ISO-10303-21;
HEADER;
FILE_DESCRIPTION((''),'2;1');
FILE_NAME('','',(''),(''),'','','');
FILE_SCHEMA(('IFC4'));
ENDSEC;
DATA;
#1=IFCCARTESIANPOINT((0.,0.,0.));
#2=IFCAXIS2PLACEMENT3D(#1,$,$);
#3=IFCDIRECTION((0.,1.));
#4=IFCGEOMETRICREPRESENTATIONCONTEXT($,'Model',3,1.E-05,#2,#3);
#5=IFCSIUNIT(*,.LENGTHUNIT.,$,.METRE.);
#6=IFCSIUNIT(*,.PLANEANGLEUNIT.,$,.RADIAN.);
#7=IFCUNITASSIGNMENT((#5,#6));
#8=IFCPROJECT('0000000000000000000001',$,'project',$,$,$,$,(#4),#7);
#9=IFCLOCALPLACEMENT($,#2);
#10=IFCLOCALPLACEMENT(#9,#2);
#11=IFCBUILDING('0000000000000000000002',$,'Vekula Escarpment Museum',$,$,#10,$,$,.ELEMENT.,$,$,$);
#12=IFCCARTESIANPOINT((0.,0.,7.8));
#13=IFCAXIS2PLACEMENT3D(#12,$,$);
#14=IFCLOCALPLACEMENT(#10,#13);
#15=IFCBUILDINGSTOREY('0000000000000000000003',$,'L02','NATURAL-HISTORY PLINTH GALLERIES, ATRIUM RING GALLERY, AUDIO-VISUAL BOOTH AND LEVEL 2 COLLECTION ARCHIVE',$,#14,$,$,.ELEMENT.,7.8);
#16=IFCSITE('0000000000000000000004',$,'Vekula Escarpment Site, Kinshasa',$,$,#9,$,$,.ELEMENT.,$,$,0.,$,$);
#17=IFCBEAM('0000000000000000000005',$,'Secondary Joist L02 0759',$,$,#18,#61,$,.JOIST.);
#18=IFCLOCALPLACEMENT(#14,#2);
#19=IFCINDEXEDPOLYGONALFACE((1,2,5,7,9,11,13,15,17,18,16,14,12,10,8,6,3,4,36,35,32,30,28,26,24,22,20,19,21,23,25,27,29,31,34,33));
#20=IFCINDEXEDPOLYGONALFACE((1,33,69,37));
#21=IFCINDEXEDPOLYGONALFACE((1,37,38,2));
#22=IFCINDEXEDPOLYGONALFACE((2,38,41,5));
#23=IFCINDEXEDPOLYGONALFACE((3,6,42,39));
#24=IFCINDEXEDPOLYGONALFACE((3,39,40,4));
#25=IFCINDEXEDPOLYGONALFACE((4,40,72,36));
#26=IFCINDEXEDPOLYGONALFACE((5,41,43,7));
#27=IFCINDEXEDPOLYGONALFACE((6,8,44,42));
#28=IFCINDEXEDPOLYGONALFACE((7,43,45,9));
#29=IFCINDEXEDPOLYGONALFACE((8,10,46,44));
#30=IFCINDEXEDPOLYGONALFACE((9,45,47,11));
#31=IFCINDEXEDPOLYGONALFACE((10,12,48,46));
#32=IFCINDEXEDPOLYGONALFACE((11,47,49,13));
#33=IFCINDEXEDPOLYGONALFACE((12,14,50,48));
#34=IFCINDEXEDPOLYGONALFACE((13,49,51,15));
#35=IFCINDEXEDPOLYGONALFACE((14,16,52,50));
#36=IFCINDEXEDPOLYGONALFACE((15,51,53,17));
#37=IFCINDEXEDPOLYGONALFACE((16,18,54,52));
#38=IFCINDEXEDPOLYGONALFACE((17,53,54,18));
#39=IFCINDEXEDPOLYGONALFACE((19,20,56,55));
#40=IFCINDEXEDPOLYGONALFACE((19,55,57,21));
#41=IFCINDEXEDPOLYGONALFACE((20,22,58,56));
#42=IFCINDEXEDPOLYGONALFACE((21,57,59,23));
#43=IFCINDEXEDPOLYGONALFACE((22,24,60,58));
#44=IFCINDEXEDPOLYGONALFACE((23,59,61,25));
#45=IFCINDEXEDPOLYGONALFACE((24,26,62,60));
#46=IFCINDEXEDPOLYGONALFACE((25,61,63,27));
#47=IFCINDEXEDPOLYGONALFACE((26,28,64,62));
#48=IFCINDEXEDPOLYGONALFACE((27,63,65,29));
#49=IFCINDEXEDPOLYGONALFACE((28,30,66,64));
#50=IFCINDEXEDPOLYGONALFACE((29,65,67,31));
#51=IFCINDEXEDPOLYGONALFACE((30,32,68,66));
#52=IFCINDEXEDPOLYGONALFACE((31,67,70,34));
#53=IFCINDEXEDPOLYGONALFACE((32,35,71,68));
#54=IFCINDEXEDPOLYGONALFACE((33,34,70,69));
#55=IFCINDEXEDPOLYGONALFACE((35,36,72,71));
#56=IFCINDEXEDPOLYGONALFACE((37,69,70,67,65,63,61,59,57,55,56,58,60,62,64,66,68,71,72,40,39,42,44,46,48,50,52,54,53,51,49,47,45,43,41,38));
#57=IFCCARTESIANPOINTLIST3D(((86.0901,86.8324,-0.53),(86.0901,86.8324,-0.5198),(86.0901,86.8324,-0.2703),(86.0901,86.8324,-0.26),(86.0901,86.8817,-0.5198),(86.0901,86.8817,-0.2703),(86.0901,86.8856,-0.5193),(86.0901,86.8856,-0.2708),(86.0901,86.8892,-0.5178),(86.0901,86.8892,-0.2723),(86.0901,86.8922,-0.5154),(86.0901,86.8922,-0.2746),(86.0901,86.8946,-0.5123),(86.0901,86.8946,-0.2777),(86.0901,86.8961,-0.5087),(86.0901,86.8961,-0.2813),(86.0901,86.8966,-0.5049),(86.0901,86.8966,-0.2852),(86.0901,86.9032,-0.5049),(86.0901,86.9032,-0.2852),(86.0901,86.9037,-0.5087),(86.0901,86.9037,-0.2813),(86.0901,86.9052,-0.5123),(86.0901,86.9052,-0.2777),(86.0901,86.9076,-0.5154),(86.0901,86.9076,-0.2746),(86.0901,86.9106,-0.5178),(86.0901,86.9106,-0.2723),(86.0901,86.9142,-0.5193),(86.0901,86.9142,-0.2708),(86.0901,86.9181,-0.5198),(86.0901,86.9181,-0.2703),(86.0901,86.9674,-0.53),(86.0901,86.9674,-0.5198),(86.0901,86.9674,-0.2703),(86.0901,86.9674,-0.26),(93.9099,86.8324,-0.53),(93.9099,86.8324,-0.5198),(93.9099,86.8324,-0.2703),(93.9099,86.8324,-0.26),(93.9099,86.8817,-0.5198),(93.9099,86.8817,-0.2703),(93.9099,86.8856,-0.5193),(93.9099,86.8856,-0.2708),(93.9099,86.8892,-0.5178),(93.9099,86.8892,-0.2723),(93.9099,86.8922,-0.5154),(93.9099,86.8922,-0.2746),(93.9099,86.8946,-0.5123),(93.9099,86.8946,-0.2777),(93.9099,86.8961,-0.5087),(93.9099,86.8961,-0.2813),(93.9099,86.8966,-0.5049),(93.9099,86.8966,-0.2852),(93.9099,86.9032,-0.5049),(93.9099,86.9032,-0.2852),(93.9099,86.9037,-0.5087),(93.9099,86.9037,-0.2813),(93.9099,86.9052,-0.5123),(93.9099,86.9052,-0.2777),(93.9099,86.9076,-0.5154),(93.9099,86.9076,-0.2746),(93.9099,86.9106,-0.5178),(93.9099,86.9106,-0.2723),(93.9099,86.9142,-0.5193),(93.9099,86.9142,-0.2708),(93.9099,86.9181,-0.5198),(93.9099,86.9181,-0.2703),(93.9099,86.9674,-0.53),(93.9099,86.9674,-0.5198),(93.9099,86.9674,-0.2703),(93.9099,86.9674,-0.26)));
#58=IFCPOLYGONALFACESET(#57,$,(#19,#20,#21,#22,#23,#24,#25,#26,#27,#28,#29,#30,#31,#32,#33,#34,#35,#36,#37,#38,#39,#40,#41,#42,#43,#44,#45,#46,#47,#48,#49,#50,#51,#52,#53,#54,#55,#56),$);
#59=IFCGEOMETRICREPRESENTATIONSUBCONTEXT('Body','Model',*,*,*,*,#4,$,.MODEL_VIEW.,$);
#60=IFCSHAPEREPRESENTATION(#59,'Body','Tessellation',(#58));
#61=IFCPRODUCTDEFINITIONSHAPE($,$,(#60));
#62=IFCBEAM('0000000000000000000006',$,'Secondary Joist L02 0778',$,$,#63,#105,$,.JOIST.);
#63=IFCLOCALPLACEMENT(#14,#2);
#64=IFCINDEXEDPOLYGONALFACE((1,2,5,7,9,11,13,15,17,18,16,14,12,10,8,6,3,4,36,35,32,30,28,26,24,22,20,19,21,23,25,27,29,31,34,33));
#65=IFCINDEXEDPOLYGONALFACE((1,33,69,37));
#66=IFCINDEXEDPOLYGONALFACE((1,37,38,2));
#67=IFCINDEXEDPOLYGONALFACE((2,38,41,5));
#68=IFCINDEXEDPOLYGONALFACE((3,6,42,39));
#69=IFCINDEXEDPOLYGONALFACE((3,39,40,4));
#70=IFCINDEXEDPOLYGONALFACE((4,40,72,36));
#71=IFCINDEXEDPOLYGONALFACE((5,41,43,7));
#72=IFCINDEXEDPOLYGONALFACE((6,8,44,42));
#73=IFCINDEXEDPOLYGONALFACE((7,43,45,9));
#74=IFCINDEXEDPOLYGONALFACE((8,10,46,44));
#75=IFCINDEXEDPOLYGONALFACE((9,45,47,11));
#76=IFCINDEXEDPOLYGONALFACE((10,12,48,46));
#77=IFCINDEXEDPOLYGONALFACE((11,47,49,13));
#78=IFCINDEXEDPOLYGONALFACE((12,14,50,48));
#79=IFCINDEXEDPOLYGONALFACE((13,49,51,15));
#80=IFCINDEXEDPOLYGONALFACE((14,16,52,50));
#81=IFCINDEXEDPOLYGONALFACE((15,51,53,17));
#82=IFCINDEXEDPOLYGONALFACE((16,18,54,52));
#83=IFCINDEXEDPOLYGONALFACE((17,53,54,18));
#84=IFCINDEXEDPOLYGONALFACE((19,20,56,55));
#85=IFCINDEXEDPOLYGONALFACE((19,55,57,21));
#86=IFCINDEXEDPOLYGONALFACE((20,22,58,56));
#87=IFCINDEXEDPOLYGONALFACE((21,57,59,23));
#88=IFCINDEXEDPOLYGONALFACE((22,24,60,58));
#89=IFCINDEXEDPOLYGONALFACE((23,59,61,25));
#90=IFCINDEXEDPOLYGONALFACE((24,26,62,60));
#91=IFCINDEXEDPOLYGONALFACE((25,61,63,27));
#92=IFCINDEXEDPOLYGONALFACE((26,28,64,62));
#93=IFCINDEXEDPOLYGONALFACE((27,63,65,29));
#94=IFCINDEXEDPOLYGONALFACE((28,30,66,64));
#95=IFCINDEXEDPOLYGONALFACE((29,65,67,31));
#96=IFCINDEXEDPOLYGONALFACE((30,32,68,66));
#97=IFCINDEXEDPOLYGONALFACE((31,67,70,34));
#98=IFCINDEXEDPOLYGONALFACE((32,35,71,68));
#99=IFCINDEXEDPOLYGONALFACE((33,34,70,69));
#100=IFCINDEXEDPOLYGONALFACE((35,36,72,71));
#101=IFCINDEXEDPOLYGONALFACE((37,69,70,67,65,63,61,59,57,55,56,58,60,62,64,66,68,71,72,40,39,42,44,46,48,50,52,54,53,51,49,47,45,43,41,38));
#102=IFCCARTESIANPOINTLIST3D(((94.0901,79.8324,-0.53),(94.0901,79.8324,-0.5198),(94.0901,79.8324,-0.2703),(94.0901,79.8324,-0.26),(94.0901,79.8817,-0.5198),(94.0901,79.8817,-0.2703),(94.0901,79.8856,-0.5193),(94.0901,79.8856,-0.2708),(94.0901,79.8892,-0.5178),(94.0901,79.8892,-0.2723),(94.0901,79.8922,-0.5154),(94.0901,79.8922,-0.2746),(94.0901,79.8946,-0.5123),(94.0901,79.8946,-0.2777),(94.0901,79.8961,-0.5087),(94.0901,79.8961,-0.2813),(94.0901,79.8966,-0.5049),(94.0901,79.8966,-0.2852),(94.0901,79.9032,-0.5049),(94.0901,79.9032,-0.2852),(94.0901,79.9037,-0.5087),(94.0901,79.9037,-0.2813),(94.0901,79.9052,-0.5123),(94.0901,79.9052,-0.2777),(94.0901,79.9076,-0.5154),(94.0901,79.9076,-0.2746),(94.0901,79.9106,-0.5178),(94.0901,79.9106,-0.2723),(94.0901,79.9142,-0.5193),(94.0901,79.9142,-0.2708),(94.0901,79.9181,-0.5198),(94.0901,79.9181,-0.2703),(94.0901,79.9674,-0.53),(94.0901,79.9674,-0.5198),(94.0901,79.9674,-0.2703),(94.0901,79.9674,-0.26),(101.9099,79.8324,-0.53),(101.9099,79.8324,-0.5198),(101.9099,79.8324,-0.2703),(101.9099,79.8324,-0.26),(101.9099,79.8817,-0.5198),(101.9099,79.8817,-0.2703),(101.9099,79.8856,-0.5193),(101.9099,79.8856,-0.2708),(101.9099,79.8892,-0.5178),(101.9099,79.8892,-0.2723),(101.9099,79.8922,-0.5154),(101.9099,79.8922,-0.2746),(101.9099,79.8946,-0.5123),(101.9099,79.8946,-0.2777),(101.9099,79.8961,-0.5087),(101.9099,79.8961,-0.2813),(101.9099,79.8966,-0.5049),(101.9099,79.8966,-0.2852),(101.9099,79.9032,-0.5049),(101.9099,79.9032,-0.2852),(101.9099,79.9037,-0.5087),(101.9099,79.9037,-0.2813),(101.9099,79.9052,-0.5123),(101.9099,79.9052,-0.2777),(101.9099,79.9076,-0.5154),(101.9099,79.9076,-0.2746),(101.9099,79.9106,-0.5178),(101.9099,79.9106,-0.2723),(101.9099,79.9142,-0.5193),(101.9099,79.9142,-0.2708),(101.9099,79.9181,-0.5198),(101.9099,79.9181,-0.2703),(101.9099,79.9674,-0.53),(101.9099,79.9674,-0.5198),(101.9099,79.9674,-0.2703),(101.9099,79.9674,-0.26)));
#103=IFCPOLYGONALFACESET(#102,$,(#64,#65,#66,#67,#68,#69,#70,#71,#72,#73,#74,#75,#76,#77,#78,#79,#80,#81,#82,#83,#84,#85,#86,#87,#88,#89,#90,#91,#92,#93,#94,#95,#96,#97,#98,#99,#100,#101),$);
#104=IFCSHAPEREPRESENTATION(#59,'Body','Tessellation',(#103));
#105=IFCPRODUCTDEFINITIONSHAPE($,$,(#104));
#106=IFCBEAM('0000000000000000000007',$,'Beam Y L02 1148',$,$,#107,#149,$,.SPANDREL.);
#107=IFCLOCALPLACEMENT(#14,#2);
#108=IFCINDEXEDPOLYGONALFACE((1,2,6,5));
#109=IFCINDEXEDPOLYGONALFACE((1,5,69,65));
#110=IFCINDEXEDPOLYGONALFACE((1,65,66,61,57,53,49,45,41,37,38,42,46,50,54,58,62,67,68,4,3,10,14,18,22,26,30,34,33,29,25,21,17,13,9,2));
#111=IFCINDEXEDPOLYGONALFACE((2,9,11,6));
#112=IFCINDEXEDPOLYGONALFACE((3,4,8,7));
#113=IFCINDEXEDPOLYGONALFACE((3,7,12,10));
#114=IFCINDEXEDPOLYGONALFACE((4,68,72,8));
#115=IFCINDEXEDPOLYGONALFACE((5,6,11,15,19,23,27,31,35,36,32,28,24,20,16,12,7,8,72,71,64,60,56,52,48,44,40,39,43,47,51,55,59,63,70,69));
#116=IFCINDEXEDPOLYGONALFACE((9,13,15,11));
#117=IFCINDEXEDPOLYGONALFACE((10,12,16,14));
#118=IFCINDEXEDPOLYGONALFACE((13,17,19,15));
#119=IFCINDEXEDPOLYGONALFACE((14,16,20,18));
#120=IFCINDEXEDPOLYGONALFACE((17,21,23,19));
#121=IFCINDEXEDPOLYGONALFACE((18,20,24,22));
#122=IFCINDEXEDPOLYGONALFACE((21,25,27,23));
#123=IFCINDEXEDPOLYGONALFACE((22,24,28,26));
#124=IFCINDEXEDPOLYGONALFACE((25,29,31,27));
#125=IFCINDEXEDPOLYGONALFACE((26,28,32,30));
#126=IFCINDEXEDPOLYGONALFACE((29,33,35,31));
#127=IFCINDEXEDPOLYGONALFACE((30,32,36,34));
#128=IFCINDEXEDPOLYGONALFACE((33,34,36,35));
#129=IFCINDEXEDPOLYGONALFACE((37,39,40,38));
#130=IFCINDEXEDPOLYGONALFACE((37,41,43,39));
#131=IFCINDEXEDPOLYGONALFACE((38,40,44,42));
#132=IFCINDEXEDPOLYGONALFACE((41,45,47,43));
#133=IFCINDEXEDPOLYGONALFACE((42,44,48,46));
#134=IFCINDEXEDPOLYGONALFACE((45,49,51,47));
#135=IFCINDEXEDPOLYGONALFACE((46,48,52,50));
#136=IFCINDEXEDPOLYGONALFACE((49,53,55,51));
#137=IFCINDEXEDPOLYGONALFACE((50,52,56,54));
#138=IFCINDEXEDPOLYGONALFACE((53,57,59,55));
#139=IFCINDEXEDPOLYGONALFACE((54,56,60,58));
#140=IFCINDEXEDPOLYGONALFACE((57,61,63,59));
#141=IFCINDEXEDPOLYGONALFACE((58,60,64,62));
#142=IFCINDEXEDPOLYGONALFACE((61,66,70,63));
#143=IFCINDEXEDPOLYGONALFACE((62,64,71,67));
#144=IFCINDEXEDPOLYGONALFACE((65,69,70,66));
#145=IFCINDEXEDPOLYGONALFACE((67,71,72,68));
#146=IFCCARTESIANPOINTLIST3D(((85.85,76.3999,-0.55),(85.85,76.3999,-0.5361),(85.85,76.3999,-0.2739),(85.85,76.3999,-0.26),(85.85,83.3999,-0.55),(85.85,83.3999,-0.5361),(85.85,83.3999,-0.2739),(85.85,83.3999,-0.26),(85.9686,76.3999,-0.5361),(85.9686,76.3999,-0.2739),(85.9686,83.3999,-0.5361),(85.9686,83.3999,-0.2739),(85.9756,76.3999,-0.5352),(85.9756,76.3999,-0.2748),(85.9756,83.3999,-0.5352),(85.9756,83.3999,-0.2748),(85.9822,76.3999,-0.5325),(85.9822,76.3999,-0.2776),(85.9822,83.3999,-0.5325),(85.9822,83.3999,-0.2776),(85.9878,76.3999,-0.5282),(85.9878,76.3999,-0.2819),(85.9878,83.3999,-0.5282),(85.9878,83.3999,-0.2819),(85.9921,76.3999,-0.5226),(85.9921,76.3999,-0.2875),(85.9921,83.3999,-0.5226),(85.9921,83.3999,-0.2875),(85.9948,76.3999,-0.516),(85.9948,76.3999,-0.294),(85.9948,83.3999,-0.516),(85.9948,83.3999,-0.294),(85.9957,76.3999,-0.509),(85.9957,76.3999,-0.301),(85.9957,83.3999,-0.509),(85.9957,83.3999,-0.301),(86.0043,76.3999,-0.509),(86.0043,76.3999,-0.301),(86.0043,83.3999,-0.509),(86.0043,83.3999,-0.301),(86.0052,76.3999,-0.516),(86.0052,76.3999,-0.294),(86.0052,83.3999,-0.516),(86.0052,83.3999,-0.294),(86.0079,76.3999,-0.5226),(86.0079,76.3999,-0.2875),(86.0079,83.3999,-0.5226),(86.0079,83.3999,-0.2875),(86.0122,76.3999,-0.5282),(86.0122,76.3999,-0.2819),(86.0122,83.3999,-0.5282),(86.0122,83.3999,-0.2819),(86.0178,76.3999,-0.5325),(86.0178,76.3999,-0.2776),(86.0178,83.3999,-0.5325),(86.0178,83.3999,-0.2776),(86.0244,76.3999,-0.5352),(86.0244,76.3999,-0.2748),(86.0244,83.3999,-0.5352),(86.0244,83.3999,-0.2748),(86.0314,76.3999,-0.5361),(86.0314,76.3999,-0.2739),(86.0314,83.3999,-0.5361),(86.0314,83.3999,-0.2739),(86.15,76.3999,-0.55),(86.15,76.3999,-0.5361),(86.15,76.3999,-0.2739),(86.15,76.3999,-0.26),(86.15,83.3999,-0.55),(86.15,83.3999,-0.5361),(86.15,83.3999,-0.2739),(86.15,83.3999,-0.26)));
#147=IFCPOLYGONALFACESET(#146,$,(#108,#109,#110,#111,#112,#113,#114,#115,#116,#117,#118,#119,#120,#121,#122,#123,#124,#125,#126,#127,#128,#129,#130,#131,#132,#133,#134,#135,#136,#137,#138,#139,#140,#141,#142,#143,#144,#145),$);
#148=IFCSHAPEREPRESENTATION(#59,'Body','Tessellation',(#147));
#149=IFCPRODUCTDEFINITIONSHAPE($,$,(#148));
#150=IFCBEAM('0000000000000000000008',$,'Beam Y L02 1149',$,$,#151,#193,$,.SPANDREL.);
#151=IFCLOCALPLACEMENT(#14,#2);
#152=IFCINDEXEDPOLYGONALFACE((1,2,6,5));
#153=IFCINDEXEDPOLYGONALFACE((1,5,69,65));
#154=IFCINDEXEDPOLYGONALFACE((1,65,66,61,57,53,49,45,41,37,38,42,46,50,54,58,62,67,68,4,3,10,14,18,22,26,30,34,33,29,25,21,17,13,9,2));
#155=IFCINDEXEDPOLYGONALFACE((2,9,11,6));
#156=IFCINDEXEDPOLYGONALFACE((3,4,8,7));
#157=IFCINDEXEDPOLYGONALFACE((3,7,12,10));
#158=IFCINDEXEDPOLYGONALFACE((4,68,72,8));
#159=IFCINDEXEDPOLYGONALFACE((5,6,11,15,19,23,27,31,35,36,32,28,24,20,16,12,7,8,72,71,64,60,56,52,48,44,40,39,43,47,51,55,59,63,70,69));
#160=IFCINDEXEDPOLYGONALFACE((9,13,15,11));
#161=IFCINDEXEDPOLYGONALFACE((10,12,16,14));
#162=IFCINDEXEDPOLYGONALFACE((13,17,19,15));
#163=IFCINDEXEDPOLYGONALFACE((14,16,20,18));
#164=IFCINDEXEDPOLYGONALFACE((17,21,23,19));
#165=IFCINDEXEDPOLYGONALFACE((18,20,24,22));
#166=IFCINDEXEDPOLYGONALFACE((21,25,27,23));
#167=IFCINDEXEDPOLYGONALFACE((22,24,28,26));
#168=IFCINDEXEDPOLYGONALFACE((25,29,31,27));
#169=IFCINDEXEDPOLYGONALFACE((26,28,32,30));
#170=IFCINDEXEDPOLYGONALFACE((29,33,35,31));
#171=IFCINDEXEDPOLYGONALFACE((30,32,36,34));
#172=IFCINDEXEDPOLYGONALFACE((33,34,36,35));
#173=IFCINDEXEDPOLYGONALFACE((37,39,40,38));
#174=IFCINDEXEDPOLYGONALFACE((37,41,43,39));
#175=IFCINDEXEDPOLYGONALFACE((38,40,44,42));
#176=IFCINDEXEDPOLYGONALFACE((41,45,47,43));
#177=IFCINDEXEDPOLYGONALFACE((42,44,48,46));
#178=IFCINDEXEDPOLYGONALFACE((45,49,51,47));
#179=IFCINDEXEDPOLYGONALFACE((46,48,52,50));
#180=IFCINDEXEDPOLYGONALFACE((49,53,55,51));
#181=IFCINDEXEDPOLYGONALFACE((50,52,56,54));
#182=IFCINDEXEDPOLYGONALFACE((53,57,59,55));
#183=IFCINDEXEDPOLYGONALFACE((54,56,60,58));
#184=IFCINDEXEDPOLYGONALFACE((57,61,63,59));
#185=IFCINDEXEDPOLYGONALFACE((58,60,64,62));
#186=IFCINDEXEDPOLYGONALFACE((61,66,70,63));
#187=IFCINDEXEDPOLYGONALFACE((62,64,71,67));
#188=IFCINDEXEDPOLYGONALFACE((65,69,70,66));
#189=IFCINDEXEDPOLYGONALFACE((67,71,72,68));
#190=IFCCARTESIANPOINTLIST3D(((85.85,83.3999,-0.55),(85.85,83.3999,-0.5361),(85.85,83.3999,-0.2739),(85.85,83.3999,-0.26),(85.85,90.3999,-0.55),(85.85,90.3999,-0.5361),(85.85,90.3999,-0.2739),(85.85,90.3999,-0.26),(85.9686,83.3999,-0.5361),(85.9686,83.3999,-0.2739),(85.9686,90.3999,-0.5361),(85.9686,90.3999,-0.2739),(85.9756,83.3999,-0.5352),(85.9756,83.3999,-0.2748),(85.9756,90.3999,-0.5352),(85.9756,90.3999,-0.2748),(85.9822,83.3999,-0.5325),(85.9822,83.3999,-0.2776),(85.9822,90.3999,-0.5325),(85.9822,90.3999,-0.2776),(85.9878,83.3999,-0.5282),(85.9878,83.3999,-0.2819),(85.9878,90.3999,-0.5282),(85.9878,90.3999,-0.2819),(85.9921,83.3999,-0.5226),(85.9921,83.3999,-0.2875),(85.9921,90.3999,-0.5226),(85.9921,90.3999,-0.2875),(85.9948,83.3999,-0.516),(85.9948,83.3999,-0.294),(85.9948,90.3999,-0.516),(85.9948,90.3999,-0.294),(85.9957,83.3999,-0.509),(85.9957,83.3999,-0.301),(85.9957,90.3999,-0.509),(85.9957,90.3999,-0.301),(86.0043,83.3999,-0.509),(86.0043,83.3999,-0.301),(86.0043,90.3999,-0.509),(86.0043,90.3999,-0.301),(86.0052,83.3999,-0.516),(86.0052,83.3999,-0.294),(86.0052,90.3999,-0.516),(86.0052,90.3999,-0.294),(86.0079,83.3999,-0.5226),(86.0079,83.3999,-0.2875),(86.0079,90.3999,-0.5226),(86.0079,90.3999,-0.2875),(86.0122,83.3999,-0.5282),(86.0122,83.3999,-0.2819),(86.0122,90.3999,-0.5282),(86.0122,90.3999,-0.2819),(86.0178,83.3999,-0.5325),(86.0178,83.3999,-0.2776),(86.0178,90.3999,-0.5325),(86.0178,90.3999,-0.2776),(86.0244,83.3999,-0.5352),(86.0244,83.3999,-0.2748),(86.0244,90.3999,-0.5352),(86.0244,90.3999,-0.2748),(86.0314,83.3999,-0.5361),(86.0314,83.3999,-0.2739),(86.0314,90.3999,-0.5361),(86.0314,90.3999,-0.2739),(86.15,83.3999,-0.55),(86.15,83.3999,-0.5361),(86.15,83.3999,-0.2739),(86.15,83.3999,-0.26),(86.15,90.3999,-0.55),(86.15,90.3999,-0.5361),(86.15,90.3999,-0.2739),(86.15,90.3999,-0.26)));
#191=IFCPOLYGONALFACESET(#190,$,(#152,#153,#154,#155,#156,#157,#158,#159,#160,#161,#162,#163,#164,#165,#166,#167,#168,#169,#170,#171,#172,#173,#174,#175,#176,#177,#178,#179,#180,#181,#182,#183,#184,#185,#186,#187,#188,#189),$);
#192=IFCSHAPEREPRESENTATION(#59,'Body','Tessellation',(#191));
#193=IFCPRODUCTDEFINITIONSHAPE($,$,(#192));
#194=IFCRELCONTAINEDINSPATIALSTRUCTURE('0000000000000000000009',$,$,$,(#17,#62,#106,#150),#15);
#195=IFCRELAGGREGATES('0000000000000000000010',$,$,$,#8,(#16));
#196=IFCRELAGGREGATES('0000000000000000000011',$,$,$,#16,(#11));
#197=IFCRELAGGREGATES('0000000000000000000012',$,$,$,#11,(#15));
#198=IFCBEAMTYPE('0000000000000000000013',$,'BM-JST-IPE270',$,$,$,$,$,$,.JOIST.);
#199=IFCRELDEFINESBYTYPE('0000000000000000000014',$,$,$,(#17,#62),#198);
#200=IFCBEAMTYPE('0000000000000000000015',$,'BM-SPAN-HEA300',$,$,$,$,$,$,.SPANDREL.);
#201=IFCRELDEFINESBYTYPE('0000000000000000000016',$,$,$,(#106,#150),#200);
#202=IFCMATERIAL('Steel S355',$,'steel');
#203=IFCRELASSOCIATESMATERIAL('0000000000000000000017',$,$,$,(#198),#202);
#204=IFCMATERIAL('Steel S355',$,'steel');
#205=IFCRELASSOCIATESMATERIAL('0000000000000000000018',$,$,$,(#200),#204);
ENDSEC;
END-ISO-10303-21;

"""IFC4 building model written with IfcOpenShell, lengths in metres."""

from ifc_helpers import new_model, si_unit, direction, frame, origin, origin_2d, place, context, subcontext, project, spatial, i_section, extrude, material, material_profile, profile_set, type_object, element, save


model = new_model("IFC4")

# Units and contexts
model_context = context("Model", 3, precision=1e-05, world=origin(), true_north=direction((0.0, 1.0)))
body_context = subcontext(model_context, "Body", "Model", "MODEL_VIEW")
ifc_project = project(units=[si_unit("LENGTHUNIT", "METRE"), si_unit("PLANEANGLEUNIT", "RADIAN")], contexts=[model_context])

# Site, building, storey
site_placement = place(None, origin())
site = spatial("IfcSite", under=ifc_project, at=site_placement, Name="Vekula Escarpment Site, Kinshasa", CompositionType="ELEMENT", RefElevation=0.0)
building_placement = place(site_placement, origin())
building = spatial("IfcBuilding", under=site, at=building_placement, Name="Vekula Escarpment Museum", CompositionType="ELEMENT")
storey_placement = place(building_placement, frame((0.0, 0.0, 7.8)))
storey = spatial("IfcBuildingStorey", under=building, at=storey_placement, Name="L02", Description="NATURAL-HISTORY PLINTH GALLERIES, ATRIUM RING GALLERY, AUDIO-VISUAL BOOTH AND LEVEL 2 COLLECTION ARCHIVE", CompositionType="ELEMENT", Elevation=7.8)

# Beams
ifc_material_1 = material(Name="Steel S355", Category="steel")
ifc_material_profile_1 = material_profile(ifc_material_1, i_section(OverallWidth=0.135, OverallDepth=0.27, WebThickness=0.0066, FlangeThickness=0.0103, FilletRadius=0.0149, at=origin_2d()), Name="IPE 270")
ifc_profile_set_1 = profile_set([ifc_material_profile_1], Name="Steel S355")
beam_type_1 = type_object("IfcBeamType", Name="BM-JST-IPE270", PredefinedType="JOIST", material=ifc_profile_set_1)
for number, where, z_axis, x_axis, name in (
    (1, (86.0901, 86.8999, -0.395), (1.0, 0.0, 0.0), (0.0, 1.0, 0.0), "Secondary Joist L02 0759"),
    (2, (94.0901, 79.8999, -0.395), (1.0, 0.0, 0.0), (0.0, 1.0, 0.0), "Secondary Joist L02 0778"),
):
    element("IfcBeam", number, at=place(storey_placement, frame(where, z_axis=z_axis, x_axis=x_axis)), inside=storey, type_object=beam_type_1, Name=name, PredefinedType="JOIST", context=body_context, shape_type="SweptSolid", body=[
        extrude(i_section(OverallWidth=0.135, OverallDepth=0.27, WebThickness=0.0066, FlangeThickness=0.0103, FilletRadius=0.0149, at=origin_2d()), origin(), (0.0, 0.0, 1.0), 7.8198),
    ])
ifc_material_2 = material(Name="Steel S355", Category="steel")
ifc_material_profile_2 = material_profile(ifc_material_2, i_section(OverallWidth=0.3, OverallDepth=0.29, WebThickness=0.0085, FlangeThickness=0.0139, FilletRadius=0.0271, at=origin_2d()), Name="HEA 300")
ifc_profile_set_2 = profile_set([ifc_material_profile_2], Name="Steel S355")
beam_type_2 = type_object("IfcBeamType", Name="BM-SPAN-HEA300", PredefinedType="SPANDREL", material=ifc_profile_set_2)
for number, where, z_axis, x_axis, name in (
    (3, (86.0, 76.3999, -0.405), (0.0, 1.0, 0.0), (-1.0, 0.0, 0.0), "Beam Y L02 1148"),
    (4, (86.0, 83.3999, -0.405), (0.0, 1.0, 0.0), (-1.0, 0.0, 0.0), "Beam Y L02 1149"),
):
    element("IfcBeam", number, at=place(storey_placement, frame(where, z_axis=z_axis, x_axis=x_axis)), inside=storey, type_object=beam_type_2, Name=name, PredefinedType="SPANDREL", context=body_context, shape_type="SweptSolid", body=[
        extrude(i_section(OverallWidth=0.3, OverallDepth=0.29, WebThickness=0.0085, FlangeThickness=0.0139, FilletRadius=0.0271, at=origin_2d()), origin(), (0.0, 0.0, 1.0), 7.0),
    ])

save(model, "model.ifc")
